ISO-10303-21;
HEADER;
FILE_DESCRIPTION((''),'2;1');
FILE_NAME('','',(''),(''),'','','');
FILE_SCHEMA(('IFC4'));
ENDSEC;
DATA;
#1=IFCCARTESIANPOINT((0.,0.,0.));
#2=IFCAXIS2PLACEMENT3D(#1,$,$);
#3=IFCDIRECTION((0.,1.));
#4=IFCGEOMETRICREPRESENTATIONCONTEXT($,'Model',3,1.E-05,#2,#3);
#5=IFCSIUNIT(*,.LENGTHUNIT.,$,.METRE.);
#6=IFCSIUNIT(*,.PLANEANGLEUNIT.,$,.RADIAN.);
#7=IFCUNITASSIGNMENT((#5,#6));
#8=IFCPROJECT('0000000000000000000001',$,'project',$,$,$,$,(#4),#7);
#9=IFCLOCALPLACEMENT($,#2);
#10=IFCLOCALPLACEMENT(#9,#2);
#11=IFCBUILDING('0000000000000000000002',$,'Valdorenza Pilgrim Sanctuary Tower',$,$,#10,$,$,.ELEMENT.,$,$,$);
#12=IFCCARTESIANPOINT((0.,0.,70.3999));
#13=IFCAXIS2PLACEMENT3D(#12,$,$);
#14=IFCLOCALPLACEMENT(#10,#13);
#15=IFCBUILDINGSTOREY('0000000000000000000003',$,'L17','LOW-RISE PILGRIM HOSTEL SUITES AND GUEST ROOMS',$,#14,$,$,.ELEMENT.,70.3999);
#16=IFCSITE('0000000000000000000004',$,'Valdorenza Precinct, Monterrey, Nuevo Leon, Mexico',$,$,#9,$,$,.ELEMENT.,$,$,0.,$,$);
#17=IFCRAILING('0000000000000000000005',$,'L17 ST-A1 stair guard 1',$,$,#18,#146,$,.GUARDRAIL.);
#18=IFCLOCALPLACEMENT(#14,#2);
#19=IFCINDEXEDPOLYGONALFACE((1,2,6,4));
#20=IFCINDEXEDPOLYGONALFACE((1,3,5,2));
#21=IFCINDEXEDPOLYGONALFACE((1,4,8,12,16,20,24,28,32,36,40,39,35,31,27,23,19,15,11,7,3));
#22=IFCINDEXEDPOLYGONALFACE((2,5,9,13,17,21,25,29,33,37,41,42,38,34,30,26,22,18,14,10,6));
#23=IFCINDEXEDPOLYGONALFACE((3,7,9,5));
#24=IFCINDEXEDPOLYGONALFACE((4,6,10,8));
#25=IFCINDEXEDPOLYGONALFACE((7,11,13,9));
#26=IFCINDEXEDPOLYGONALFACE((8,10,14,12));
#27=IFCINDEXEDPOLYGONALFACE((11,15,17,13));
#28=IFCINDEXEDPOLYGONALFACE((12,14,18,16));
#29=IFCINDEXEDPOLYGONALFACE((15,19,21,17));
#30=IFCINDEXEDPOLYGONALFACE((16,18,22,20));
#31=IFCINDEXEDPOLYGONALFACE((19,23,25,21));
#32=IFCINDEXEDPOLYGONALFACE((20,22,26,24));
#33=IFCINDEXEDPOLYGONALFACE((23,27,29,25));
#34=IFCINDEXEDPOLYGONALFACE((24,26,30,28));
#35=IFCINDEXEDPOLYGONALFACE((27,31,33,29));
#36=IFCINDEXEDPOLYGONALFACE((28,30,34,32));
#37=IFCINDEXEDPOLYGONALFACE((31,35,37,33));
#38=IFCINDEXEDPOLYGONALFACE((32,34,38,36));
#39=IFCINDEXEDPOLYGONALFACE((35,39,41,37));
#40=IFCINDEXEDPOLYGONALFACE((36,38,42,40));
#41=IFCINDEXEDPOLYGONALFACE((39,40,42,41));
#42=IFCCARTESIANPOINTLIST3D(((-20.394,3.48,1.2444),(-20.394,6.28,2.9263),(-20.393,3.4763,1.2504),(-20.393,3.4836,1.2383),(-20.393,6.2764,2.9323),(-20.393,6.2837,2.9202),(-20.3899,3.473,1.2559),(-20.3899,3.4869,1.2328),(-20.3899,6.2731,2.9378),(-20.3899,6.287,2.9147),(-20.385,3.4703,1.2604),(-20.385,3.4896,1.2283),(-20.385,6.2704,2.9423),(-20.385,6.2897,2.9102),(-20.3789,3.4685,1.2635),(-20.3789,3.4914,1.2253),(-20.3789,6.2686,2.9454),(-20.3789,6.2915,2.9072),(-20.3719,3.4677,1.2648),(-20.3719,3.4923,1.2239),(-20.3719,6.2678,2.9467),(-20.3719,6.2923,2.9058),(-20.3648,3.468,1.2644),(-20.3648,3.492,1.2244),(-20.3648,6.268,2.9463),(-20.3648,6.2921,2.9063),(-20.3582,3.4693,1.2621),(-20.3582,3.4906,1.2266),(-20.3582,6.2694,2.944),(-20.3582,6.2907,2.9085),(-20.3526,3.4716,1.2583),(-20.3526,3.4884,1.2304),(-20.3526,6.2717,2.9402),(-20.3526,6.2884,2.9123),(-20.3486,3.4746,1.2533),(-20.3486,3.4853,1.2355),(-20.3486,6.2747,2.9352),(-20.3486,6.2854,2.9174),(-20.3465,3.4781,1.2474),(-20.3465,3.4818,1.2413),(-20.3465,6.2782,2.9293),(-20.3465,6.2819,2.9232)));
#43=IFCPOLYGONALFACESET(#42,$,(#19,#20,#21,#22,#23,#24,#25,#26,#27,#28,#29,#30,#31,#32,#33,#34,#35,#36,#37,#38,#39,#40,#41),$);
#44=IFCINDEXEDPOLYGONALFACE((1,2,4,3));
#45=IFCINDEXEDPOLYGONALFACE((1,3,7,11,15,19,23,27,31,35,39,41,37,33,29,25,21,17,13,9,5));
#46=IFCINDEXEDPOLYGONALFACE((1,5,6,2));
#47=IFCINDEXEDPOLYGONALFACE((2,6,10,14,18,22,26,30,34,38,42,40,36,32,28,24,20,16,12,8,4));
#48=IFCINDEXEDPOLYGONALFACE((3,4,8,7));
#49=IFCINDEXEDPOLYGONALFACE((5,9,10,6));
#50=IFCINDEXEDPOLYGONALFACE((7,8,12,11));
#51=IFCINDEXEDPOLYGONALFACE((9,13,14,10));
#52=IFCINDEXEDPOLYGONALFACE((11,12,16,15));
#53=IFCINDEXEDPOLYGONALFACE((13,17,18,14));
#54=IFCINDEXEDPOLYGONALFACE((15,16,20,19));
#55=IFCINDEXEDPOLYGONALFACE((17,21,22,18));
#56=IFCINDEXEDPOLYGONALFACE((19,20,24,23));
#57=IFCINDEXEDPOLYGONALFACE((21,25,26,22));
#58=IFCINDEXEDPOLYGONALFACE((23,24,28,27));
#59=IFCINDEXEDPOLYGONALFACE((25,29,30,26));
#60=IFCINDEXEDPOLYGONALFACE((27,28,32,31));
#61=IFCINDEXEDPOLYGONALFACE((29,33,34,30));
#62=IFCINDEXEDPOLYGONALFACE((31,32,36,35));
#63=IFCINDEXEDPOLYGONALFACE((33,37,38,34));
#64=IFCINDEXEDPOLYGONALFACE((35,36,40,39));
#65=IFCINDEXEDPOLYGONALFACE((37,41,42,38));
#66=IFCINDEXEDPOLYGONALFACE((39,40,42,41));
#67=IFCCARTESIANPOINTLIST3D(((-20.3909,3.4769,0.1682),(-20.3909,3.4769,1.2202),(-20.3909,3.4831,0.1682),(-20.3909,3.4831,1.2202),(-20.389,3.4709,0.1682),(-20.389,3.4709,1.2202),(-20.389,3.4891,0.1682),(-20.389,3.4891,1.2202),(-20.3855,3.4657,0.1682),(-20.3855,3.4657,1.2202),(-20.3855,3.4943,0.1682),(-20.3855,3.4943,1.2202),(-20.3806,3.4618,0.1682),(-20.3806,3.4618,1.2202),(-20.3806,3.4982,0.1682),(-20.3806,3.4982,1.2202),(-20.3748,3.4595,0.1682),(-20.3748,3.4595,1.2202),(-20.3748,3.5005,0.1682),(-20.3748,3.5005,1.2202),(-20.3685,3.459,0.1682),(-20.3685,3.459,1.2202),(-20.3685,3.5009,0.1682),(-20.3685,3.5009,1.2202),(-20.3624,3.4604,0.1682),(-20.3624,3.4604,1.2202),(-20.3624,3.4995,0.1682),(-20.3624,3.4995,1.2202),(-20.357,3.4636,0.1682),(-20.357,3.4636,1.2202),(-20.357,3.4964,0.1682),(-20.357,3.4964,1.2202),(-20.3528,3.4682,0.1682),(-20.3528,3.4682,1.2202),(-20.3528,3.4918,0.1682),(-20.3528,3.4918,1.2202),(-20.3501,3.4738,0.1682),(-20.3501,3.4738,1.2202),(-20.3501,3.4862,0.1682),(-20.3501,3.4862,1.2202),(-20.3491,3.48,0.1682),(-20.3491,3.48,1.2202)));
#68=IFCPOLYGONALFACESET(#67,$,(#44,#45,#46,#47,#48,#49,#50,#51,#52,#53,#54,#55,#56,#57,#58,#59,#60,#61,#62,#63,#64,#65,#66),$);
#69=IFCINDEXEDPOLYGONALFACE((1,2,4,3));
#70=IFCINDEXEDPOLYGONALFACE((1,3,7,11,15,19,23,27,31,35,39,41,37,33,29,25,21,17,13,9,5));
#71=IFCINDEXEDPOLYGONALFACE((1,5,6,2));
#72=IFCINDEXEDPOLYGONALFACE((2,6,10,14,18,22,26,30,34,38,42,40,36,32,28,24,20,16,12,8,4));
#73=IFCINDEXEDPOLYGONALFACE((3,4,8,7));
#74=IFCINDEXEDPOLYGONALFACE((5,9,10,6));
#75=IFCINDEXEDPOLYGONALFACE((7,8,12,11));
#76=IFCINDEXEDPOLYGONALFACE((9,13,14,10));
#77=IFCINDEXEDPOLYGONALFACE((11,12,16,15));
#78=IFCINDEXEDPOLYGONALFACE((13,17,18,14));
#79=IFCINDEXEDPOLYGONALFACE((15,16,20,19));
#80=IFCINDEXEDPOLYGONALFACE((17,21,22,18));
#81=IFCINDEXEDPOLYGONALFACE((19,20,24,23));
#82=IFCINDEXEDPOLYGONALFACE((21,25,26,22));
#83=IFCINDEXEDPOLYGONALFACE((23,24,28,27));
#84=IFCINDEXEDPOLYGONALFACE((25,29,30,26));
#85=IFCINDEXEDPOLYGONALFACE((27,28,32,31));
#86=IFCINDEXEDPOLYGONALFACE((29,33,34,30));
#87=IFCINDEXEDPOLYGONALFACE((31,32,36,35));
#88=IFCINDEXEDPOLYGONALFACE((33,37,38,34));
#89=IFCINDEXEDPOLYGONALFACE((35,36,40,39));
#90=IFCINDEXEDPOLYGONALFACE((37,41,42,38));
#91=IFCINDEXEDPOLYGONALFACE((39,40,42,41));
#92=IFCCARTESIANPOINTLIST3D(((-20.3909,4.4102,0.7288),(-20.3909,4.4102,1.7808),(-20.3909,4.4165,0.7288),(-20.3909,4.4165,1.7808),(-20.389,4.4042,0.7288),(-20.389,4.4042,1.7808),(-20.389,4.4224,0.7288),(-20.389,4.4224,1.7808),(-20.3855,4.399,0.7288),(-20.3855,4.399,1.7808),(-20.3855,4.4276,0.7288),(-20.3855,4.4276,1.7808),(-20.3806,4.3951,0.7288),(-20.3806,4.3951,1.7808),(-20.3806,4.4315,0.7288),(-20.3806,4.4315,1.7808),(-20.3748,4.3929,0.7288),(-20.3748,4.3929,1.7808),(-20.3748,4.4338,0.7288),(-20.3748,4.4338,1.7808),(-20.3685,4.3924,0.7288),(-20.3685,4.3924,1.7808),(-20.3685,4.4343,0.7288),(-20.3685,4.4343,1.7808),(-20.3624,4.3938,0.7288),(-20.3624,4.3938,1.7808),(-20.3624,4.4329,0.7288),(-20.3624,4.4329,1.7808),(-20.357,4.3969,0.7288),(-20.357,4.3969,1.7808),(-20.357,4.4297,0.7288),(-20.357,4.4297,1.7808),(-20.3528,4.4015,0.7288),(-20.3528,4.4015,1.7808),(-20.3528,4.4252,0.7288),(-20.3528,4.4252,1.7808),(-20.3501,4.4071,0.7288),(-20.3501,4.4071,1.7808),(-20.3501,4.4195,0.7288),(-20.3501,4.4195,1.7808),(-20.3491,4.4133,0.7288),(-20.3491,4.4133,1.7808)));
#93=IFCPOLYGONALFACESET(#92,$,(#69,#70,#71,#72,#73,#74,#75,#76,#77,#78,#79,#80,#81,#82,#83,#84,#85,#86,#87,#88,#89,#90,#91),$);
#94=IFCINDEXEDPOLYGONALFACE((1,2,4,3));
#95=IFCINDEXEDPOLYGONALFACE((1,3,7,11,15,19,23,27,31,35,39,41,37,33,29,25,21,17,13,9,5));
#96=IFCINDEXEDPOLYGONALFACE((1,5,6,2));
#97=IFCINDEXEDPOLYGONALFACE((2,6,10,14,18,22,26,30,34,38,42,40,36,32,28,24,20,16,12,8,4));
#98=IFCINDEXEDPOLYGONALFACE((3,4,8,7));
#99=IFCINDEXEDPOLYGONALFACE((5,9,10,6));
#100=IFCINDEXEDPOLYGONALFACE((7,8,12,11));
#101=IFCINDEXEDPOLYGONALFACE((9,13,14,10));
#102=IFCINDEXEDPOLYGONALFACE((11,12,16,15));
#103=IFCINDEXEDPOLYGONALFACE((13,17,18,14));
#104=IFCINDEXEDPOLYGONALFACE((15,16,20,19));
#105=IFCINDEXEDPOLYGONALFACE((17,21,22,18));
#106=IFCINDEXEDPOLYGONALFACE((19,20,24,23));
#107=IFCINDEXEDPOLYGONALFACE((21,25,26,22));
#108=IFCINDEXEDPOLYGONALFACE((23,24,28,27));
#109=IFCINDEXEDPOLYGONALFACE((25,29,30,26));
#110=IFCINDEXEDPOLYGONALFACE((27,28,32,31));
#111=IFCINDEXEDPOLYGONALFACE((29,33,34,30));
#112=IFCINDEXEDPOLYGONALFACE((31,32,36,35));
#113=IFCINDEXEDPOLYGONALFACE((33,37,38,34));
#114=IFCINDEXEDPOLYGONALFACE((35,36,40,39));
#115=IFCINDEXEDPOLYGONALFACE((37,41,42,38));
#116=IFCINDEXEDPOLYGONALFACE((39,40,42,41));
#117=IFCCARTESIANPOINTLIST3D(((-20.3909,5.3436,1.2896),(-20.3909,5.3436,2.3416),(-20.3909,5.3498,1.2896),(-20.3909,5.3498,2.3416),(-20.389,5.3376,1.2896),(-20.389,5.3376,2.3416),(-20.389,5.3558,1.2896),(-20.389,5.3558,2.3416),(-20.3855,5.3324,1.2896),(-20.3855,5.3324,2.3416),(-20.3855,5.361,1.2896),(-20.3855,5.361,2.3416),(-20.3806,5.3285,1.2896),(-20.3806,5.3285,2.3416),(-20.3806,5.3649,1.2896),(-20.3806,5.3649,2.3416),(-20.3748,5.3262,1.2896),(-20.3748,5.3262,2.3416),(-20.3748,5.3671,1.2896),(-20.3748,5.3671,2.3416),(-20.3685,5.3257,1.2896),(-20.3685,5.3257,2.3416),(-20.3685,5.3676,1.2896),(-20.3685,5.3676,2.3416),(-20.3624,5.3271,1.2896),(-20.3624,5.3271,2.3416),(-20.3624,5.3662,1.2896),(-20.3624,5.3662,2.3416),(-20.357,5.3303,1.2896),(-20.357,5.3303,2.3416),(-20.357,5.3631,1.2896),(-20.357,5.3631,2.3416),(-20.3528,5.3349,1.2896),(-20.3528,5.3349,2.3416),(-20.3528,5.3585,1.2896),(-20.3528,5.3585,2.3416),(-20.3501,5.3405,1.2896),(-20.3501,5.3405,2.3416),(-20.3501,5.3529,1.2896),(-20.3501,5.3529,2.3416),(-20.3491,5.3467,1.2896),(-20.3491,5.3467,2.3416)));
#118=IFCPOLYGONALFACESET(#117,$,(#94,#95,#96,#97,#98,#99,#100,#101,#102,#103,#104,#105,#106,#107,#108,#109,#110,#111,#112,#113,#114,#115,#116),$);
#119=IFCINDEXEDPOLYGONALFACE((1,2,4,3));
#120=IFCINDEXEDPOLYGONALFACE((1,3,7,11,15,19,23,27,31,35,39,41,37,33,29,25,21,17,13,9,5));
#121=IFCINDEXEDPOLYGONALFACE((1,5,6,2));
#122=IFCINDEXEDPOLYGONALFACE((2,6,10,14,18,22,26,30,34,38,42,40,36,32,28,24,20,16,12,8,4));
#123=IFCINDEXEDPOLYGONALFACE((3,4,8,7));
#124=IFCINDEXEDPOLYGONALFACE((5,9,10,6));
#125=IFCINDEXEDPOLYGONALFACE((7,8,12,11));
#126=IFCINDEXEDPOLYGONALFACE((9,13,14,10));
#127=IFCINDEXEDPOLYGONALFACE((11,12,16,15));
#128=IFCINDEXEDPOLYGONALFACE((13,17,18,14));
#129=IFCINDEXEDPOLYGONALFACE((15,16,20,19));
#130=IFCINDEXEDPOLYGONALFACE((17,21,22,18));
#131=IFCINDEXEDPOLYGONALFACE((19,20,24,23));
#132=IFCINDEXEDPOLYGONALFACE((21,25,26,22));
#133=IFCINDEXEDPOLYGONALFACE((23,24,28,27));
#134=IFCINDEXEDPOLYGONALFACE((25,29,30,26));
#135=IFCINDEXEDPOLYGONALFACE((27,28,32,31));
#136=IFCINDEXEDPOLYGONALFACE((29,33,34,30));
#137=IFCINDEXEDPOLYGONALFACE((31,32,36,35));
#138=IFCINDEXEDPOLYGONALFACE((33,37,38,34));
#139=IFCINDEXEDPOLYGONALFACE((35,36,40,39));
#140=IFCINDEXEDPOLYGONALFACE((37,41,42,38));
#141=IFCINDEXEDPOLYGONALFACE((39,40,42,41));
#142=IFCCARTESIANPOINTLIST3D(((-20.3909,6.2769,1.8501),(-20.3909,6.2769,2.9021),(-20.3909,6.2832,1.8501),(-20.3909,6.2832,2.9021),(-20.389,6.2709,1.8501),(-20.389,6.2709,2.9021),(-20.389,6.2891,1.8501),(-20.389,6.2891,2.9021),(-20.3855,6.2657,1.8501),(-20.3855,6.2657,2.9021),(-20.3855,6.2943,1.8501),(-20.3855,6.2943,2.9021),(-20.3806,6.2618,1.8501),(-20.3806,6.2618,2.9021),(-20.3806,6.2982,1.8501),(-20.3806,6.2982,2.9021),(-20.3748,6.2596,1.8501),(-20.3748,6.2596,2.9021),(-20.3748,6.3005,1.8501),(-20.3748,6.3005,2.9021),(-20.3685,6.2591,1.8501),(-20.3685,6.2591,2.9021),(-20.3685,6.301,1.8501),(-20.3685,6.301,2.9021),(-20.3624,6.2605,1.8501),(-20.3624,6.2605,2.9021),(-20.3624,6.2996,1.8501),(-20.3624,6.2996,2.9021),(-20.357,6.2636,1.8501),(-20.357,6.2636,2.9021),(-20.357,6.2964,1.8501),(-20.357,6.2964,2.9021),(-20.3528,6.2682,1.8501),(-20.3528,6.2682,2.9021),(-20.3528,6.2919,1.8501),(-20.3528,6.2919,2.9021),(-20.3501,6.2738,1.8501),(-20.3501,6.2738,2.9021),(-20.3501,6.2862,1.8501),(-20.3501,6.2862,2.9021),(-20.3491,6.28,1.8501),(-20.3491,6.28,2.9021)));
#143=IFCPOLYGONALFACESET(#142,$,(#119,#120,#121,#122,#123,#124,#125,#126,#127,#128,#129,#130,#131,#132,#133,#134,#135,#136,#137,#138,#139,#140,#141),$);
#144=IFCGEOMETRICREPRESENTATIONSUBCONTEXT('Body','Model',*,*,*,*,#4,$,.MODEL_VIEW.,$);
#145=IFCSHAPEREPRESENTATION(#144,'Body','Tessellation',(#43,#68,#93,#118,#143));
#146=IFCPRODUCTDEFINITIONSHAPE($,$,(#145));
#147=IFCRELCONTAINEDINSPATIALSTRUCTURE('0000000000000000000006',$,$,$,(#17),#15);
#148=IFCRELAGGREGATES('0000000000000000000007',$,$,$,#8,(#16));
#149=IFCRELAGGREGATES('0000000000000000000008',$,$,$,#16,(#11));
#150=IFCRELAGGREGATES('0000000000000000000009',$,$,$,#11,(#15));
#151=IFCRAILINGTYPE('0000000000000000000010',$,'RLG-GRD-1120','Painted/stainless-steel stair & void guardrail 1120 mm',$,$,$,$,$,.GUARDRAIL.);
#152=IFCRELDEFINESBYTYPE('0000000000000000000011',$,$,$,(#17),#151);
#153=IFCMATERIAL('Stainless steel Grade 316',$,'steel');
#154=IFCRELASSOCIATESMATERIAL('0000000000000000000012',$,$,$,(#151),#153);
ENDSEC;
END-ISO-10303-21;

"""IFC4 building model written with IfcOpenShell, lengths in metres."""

from ifc_helpers import new_model, si_unit, direction, frame, origin, origin_2d, place, context, subcontext, project, spatial, circle, extrude, material, type_object, element, save


model = new_model("IFC4")

# Units and contexts
model_context = context("Model", 3, precision=1e-05, world=origin(), true_north=direction((0.0, 1.0)))
body_context = subcontext(model_context, "Body", "Model", "MODEL_VIEW")
ifc_project = project(units=[si_unit("LENGTHUNIT", "METRE"), si_unit("PLANEANGLEUNIT", "RADIAN")], contexts=[model_context])

# Site, building, storey
site_placement = place(None, origin())
site = spatial("IfcSite", under=ifc_project, at=site_placement, Name="Valdorenza Precinct, Monterrey, Nuevo Leon, Mexico", CompositionType="ELEMENT", RefElevation=0.0)
building_placement = place(site_placement, origin())
building = spatial("IfcBuilding", under=site, at=building_placement, Name="Valdorenza Pilgrim Sanctuary Tower", CompositionType="ELEMENT")
storey_placement = place(building_placement, frame((0.0, 0.0, 70.3999)))
storey = spatial("IfcBuildingStorey", under=building, at=storey_placement, Name="L17", Description="LOW-RISE PILGRIM HOSTEL SUITES AND GUEST ROOMS", CompositionType="ELEMENT", Elevation=70.3999)

# Railing
ifc_material_1 = material(Name="Stainless steel Grade 316", Category="steel")
railing_type_1 = type_object("IfcRailingType", Name="RLG-GRD-1120", Description="Painted/stainless-steel stair & void guardrail 1120 mm", PredefinedType="GUARDRAIL", material=ifc_material_1)
railing_1_placement = place(storey_placement, frame((-20.3701, 3.48, 0.1682)))
element("IfcRailing", 1, at=railing_1_placement, inside=storey, type_object=railing_type_1, Name="L17 ST-A1 stair guard 1", PredefinedType="GUARDRAIL", context=body_context, shape_type="SweptSolid", body=[
    extrude(circle(Radius=0.0239, at=origin_2d()), frame((0.0, 0.0, 1.0762), z_axis=(0.0, 0.857242, 0.514913), x_axis=(-1.0, 0.0, 0.0)), (0.0, 0.0, 1.0), 3.2664),
    extrude(circle(Radius=0.021, at=origin_2d()), origin(), (0.0, 0.0, 1.0), 1.052),
    extrude(circle(Radius=0.021, at=origin_2d()), frame((0.0, 0.9333, 0.5605)), (0.0, 0.0, 1.0), 1.052),
    extrude(circle(Radius=0.021, at=origin_2d()), frame((0.0, 1.8667, 1.1213)), (0.0, 0.0, 1.0), 1.052),
    extrude(circle(Radius=0.021, at=origin_2d()), frame((0.0, 2.8, 1.6819)), (0.0, 0.0, 1.0), 1.052),
])

save(model, "model.ifc")
